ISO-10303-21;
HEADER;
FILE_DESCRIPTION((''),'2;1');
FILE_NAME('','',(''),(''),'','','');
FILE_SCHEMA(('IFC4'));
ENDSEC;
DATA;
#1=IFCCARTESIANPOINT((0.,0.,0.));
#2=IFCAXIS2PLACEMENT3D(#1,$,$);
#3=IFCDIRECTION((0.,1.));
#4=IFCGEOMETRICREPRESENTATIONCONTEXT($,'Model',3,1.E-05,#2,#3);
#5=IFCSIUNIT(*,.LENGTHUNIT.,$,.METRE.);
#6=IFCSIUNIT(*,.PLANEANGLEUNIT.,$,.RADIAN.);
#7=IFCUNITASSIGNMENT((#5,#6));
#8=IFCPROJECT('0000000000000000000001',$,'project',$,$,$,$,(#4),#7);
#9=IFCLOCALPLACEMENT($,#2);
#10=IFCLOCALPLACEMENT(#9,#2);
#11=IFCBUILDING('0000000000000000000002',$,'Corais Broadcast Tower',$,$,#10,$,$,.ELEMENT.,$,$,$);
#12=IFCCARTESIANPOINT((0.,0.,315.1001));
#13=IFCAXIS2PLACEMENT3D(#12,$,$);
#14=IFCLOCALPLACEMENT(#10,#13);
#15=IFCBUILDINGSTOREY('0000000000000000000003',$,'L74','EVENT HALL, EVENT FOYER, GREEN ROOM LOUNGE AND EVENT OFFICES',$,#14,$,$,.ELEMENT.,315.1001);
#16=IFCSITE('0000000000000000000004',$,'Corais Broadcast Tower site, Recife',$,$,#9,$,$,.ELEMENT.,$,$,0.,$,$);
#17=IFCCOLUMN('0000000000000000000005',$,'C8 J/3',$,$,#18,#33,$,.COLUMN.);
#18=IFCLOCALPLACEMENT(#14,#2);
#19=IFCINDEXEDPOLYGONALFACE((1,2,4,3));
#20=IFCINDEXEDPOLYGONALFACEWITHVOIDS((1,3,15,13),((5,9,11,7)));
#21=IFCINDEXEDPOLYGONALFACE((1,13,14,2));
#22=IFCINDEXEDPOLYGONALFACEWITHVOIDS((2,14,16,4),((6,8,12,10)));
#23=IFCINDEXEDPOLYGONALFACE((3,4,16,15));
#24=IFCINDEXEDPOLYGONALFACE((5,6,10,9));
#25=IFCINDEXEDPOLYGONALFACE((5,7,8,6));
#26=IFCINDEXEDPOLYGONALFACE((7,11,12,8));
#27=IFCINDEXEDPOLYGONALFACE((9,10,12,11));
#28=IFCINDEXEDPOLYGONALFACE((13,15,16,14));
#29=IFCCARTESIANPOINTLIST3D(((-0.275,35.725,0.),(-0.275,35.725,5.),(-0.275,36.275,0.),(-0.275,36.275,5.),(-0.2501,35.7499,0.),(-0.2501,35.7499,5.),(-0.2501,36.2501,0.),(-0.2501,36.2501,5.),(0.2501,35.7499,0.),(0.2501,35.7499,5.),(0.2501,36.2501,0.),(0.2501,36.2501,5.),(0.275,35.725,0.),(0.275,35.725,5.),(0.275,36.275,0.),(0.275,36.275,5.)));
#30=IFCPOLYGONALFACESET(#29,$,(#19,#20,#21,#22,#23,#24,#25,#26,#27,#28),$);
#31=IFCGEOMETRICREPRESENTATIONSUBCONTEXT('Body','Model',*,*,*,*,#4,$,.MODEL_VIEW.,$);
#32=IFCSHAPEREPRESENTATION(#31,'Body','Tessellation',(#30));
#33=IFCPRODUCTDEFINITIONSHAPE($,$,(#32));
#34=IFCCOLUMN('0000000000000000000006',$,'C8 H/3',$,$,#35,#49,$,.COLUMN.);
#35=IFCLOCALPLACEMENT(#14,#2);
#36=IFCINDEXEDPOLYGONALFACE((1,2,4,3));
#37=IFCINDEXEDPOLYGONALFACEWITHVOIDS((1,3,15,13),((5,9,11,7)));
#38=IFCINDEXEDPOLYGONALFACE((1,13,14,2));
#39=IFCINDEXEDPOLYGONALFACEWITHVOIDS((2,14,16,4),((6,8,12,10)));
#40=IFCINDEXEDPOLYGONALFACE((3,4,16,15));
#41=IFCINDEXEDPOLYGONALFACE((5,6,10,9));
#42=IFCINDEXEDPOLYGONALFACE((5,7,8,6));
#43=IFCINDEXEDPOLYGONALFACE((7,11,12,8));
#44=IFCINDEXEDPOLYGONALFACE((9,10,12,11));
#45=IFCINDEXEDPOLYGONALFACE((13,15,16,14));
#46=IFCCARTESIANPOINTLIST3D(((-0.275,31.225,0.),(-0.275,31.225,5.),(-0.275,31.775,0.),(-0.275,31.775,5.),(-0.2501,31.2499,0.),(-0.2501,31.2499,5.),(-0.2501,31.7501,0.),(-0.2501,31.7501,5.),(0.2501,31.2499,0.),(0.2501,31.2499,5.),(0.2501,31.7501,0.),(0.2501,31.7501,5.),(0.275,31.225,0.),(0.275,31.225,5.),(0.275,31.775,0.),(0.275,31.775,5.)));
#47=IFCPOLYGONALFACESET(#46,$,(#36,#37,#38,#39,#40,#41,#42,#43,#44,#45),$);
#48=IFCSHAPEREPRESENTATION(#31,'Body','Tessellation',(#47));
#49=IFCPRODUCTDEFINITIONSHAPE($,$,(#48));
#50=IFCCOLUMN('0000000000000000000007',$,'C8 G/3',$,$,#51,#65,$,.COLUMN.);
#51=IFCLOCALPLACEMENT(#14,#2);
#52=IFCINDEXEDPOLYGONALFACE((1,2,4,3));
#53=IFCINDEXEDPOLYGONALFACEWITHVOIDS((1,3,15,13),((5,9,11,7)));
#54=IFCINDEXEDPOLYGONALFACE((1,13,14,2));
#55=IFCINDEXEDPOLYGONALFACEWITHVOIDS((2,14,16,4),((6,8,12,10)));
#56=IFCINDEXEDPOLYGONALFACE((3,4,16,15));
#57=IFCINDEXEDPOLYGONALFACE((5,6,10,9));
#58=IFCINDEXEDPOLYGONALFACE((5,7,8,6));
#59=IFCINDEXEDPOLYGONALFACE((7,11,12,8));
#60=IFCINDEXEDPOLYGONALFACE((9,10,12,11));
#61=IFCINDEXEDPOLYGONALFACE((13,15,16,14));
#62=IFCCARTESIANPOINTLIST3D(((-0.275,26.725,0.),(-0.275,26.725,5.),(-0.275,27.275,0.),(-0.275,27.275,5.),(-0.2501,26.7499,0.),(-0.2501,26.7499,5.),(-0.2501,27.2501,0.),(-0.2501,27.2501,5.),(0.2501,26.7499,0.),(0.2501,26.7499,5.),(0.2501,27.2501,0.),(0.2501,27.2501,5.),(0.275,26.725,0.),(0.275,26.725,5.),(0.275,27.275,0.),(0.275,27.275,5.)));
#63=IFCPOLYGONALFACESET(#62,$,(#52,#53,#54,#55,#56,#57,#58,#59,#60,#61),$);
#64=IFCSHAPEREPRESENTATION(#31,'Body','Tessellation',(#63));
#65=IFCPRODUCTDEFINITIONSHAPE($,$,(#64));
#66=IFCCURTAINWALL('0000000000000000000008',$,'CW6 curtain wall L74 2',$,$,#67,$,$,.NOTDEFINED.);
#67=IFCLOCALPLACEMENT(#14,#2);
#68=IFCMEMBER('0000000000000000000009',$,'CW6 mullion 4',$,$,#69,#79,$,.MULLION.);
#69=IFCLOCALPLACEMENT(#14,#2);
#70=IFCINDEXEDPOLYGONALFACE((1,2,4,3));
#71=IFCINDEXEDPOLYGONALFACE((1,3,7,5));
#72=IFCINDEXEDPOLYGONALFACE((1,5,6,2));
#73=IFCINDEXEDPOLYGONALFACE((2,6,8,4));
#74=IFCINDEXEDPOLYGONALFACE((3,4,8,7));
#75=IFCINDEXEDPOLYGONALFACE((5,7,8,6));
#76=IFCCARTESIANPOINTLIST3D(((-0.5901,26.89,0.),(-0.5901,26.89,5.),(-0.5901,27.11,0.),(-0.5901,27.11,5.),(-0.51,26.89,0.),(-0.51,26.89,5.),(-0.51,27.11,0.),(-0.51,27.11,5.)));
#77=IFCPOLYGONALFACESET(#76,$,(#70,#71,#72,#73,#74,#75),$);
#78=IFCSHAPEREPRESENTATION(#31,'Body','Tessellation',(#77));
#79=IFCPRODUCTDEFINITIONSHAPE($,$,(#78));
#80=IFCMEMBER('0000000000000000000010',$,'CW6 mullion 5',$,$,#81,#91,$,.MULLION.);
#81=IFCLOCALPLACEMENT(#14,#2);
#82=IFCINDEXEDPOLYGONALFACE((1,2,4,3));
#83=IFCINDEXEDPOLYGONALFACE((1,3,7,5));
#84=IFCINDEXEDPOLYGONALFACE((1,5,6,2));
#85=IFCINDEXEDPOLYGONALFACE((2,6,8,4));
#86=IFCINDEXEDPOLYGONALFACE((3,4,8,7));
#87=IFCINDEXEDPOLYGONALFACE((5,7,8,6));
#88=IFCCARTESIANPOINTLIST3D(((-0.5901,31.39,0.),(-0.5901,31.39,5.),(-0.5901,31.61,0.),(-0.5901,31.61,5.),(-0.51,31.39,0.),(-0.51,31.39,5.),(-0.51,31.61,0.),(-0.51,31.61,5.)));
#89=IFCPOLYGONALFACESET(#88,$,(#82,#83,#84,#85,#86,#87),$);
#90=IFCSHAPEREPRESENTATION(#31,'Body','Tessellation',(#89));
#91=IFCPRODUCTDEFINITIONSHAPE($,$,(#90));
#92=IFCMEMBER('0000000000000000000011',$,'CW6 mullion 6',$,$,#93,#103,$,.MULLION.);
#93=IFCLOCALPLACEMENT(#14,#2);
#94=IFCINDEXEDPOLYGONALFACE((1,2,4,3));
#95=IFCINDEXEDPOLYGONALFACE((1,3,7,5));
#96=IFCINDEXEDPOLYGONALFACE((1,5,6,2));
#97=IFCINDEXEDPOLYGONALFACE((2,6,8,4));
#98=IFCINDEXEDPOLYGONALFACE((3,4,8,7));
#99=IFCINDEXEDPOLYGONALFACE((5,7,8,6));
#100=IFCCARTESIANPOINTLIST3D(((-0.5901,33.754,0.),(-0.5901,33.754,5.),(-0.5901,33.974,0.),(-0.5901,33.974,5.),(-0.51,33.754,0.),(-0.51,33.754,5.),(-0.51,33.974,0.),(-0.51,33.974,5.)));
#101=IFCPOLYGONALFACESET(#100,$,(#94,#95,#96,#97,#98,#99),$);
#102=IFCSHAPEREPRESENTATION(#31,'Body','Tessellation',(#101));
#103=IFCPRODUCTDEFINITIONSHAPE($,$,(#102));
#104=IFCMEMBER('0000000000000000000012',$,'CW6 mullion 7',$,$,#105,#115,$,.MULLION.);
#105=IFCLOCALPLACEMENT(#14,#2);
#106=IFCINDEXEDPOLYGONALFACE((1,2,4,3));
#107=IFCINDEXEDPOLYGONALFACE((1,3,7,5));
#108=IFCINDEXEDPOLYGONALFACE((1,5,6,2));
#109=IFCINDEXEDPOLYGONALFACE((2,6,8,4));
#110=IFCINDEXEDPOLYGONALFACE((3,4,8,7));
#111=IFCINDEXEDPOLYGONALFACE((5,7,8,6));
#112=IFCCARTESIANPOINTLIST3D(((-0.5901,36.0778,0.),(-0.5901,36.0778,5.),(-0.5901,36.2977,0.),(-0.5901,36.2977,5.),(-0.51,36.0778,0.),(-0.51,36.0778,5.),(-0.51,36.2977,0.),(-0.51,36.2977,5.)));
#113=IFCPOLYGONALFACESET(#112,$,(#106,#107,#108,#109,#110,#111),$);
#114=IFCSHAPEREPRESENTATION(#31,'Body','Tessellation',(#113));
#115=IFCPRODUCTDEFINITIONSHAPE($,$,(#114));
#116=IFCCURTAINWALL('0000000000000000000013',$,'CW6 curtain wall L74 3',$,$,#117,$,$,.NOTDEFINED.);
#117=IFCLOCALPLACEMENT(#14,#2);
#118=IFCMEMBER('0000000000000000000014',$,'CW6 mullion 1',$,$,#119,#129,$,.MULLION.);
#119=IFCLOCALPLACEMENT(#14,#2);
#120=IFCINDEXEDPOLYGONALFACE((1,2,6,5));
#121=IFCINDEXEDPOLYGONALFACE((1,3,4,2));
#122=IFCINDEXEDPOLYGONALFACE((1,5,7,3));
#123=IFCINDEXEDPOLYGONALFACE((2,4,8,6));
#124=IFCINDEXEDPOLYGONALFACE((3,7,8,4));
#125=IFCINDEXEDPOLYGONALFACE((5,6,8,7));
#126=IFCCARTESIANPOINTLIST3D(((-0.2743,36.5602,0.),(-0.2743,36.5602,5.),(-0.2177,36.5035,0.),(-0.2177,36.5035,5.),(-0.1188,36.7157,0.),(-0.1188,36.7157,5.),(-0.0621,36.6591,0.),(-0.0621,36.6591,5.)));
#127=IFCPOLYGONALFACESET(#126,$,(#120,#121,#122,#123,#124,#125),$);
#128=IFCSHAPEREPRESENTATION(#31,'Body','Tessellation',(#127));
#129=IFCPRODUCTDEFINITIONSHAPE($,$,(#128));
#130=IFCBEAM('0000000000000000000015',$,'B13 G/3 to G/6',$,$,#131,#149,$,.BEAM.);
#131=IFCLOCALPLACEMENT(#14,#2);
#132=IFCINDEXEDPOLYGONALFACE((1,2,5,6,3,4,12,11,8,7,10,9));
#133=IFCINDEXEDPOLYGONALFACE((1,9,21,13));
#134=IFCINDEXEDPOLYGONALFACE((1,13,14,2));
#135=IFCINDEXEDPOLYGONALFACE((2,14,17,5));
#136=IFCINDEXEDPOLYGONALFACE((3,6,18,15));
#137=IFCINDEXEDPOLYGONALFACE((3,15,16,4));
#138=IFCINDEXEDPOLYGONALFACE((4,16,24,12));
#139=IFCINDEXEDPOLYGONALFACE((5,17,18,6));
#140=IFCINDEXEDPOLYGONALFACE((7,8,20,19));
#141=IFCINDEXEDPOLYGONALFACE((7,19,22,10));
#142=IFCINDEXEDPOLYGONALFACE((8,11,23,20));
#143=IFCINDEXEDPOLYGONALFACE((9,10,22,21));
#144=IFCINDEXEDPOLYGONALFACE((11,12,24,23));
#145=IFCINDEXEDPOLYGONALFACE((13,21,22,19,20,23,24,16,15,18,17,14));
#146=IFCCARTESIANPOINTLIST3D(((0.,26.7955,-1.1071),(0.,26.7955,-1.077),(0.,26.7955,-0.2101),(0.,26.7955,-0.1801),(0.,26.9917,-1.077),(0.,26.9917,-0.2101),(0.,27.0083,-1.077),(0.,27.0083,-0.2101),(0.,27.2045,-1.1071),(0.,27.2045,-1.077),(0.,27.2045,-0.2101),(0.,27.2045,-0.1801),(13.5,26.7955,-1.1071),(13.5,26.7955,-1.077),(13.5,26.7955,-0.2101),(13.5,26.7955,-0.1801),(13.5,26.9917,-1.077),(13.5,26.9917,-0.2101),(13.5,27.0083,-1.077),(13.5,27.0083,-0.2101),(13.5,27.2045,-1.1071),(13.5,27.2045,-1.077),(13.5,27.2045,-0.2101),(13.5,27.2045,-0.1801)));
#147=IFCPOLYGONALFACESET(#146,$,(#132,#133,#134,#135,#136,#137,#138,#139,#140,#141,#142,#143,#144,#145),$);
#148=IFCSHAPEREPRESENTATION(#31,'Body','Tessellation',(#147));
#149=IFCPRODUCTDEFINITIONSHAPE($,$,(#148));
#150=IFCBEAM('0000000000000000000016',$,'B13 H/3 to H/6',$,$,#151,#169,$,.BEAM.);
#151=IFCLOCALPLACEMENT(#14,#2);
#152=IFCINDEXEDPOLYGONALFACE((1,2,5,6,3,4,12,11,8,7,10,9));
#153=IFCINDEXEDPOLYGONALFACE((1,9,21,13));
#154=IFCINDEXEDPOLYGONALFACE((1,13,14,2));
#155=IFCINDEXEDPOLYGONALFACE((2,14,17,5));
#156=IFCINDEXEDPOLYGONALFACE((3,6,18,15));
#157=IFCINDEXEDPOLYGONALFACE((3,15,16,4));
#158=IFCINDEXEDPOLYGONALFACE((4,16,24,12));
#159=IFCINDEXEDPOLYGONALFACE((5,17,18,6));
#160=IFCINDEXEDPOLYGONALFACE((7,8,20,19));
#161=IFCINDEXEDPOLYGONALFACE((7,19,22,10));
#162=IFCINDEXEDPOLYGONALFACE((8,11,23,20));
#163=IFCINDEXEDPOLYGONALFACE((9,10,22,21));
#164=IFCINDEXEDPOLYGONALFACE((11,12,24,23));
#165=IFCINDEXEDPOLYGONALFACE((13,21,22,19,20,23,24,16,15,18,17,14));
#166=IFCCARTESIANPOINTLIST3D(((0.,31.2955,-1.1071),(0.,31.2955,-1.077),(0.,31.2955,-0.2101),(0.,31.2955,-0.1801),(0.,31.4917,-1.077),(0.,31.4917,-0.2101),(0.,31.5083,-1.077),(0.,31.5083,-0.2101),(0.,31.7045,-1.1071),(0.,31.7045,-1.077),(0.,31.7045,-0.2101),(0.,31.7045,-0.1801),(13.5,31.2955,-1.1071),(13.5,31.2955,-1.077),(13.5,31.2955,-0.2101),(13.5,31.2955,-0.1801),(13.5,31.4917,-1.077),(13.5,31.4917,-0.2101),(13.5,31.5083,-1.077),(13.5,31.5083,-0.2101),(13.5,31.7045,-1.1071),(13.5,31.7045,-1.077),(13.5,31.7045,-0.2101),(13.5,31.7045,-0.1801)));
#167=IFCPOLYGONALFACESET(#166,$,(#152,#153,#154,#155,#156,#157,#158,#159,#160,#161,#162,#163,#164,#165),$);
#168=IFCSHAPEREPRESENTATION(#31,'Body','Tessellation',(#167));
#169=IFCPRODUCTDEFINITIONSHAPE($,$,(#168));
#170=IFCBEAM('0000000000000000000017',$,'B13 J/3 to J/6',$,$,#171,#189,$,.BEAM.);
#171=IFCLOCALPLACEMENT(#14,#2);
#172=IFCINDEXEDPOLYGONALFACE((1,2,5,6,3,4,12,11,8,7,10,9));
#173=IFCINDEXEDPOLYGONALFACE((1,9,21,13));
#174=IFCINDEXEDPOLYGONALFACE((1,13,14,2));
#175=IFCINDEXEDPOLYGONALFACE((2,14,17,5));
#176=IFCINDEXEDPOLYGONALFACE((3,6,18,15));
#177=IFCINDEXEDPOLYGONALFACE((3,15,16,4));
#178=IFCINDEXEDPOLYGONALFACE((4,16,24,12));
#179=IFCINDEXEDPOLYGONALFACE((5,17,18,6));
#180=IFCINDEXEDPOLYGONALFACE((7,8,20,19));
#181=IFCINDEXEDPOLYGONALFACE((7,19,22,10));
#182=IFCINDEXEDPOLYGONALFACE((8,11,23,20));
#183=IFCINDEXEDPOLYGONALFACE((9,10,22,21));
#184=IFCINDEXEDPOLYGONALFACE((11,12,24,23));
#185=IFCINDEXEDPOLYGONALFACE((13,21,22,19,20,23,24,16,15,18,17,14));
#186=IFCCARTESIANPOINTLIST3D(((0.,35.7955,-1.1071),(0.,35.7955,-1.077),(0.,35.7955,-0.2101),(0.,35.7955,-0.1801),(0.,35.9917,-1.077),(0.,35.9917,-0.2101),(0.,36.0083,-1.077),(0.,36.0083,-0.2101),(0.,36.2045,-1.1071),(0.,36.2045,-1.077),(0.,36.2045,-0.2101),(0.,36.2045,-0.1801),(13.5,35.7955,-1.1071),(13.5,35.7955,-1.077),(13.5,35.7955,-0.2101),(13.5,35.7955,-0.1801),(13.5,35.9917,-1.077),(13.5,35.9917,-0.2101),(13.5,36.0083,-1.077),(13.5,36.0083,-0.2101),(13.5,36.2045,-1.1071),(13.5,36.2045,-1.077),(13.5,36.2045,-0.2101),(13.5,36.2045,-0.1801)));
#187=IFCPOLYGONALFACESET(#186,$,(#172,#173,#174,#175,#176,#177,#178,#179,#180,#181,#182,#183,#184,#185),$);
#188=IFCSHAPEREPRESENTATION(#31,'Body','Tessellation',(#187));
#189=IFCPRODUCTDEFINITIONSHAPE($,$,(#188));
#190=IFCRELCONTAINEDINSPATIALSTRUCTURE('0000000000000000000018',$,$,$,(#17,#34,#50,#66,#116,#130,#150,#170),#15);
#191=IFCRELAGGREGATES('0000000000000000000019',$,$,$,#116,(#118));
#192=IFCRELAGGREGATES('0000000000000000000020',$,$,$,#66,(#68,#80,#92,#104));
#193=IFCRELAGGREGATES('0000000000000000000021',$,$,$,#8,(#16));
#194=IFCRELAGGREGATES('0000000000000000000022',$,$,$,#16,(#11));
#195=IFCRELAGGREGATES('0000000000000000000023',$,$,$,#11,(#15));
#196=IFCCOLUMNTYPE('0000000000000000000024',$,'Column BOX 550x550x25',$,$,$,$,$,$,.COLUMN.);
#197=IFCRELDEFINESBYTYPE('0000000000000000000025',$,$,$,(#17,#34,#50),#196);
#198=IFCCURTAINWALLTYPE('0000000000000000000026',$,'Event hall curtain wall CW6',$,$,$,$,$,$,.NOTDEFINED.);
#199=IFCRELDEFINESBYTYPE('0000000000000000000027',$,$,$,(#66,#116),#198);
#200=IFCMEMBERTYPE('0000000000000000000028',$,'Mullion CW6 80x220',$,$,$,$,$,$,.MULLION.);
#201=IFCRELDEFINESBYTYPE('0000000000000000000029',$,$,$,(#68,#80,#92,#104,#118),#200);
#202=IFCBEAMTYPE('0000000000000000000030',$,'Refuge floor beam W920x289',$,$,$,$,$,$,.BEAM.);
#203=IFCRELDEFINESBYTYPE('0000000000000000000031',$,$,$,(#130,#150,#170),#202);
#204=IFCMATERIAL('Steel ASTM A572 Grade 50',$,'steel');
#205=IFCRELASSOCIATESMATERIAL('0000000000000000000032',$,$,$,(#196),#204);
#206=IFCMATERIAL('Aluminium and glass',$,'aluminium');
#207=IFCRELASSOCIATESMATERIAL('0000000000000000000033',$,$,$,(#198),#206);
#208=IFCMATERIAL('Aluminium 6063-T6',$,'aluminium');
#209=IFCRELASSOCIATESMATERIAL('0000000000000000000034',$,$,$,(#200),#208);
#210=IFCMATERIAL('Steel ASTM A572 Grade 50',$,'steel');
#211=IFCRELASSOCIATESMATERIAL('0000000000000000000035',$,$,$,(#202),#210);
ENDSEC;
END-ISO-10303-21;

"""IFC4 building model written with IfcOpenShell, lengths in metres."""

from ifc_helpers import new_model, si_unit, direction, frame, origin, origin_2d, place, context, subcontext, project, spatial, rectangle, hollow_rectangle, i_section, extrude, material, material_profile, profile_set, type_object, element, aggregate, save


model = new_model("IFC4")

# Units and contexts
model_context = context("Model", 3, precision=1e-05, world=origin(), true_north=direction((0.0, 1.0)))
body_context = subcontext(model_context, "Body", "Model", "MODEL_VIEW")
ifc_project = project(units=[si_unit("LENGTHUNIT", "METRE"), si_unit("PLANEANGLEUNIT", "RADIAN")], contexts=[model_context])

# Site, building, storey
site_placement = place(None, origin())
site = spatial("IfcSite", under=ifc_project, at=site_placement, Name="Corais Broadcast Tower site, Recife", CompositionType="ELEMENT", RefElevation=0.0)
building_placement = place(site_placement, origin())
building = spatial("IfcBuilding", under=site, at=building_placement, Name="Corais Broadcast Tower", CompositionType="ELEMENT")
storey_placement = place(building_placement, frame((0.0, 0.0, 315.1001)))
storey = spatial("IfcBuildingStorey", under=building, at=storey_placement, Name="L74", Description="EVENT HALL, EVENT FOYER, GREEN ROOM LOUNGE AND EVENT OFFICES", CompositionType="ELEMENT", Elevation=315.1001)

# Columns
ifc_material_1 = material(Name="Steel ASTM A572 Grade 50", Category="steel")
ifc_material_profile_1 = material_profile(ifc_material_1, hollow_rectangle(XDim=0.55, YDim=0.55, WallThickness=0.0249, at=origin_2d()), Name="BOX 550x550x25")
ifc_profile_set_1 = profile_set([ifc_material_profile_1], Name="Steel ASTM A572 Grade 50")
column_type = type_object("IfcColumnType", Name="Column BOX 550x550x25", PredefinedType="COLUMN", material=ifc_profile_set_1)
for number, where, z_axis, x_axis, name in (
    (1, (0.0, 36.0, 0.0), (0.0, 0.0, 1.0), (1.0, 0.0, 0.0), "C8 J/3"),
    (2, (0.0, 31.5, 0.0), (0.0, 0.0, 1.0), (1.0, 0.0, 0.0), "C8 H/3"),
    (3, (0.0, 27.0, 0.0), (0.0, 0.0, 1.0), (1.0, 0.0, 0.0), "C8 G/3"),
):
    element("IfcColumn", number, at=place(storey_placement, frame(where, z_axis=z_axis, x_axis=x_axis)), inside=storey, type_object=column_type, Name=name, PredefinedType="COLUMN", context=body_context, shape_type="SweptSolid", body=[
        extrude(hollow_rectangle(XDim=0.55, YDim=0.55, WallThickness=0.0249, at=origin_2d()), origin(), (0.0, 0.0, 1.0), 5.0),
    ])

# Curtain wall, members
ifc_material_2 = material(Name="Aluminium and glass", Category="aluminium")
curtain_wall_type = type_object("IfcCurtainWallType", Name="Event hall curtain wall CW6", PredefinedType="NOTDEFINED", material=ifc_material_2)
curtain_wall_1_placement = place(storey_placement, origin())
curtain_wall_1 = element("IfcCurtainWall", 4, at=curtain_wall_1_placement, inside=storey, type_object=curtain_wall_type, Name="CW6 curtain wall L74 2", PredefinedType="NOTDEFINED")
ifc_material_3 = material(Name="Aluminium 6063-T6", Category="aluminium")
ifc_material_profile_2 = material_profile(ifc_material_3, rectangle(XDim=0.0801, YDim=0.22, at=origin_2d()), Name="Mullion CW6 80x220")
ifc_profile_set_2 = profile_set([ifc_material_profile_2], Name="Aluminium 6063-T6")
member_type_1 = type_object("IfcMemberType", Name="Mullion CW6 80x220", PredefinedType="MULLION", material=ifc_profile_set_2)
member_1_placement = place(storey_placement, frame((-0.55, 27.0, 0.0), z_axis=(0.0, 0.0, 1.0), x_axis=(-1.0, 0.0, 0.0)))
member_1 = element("IfcMember", 5, at=member_1_placement, type_object=member_type_1, Name="CW6 mullion 4", PredefinedType="MULLION", context=body_context, shape_type="SweptSolid", body=[
    extrude(rectangle(XDim=0.0801, YDim=0.22, at=origin_2d()), origin(), (0.0, 0.0, 1.0), 5.0),
])
member_2_placement = place(storey_placement, frame((-0.55, 31.5, 0.0), z_axis=(0.0, 0.0, 1.0), x_axis=(-1.0, 0.0, 0.0)))
member_2 = element("IfcMember", 6, at=member_2_placement, type_object=member_type_1, Name="CW6 mullion 5", PredefinedType="MULLION", context=body_context, shape_type="SweptSolid", body=[
    extrude(rectangle(XDim=0.0801, YDim=0.22, at=origin_2d()), origin(), (0.0, 0.0, 1.0), 5.0),
])
member_3_placement = place(storey_placement, frame((-0.55, 33.864, 0.0), z_axis=(0.0, 0.0, 1.0), x_axis=(-1.0, 0.0, 0.0)))
member_3 = element("IfcMember", 7, at=member_3_placement, type_object=member_type_1, Name="CW6 mullion 6", PredefinedType="MULLION", context=body_context, shape_type="SweptSolid", body=[
    extrude(rectangle(XDim=0.0801, YDim=0.22, at=origin_2d()), origin(), (0.0, 0.0, 1.0), 5.0),
])
member_4_placement = place(storey_placement, frame((-0.55, 36.1877, 0.0), z_axis=(0.0, 0.0, 1.0), x_axis=(-1.0, 0.0, 0.0)))
member_4 = element("IfcMember", 8, at=member_4_placement, type_object=member_type_1, Name="CW6 mullion 7", PredefinedType="MULLION", context=body_context, shape_type="SweptSolid", body=[
    extrude(rectangle(XDim=0.0801, YDim=0.22, at=origin_2d()), origin(), (0.0, 0.0, 1.0), 5.0),
])

# Curtain wall, member
curtain_wall_2_placement = place(storey_placement, origin())
curtain_wall_2 = element("IfcCurtainWall", 9, at=curtain_wall_2_placement, inside=storey, type_object=curtain_wall_type, Name="CW6 curtain wall L74 3", PredefinedType="NOTDEFINED")
member_5_placement = place(storey_placement, frame((-0.1682, 36.6096, 0.0), z_axis=(0.0, 0.0, 1.0), x_axis=(-0.707107, 0.707107, 0.0)))
member_5 = element("IfcMember", 10, at=member_5_placement, type_object=member_type_1, Name="CW6 mullion 1", PredefinedType="MULLION", context=body_context, shape_type="SweptSolid", body=[
    extrude(rectangle(XDim=0.0801, YDim=0.22, at=origin_2d()), origin(), (0.0, 0.0, 1.0), 5.0),
])

# Beams
ifc_material_4 = material(Name="Steel ASTM A572 Grade 50", Category="steel")
ifc_material_profile_3 = material_profile(ifc_material_4, i_section(OverallWidth=0.4089, OverallDepth=0.927, WebThickness=0.0166, FlangeThickness=0.03, at=origin_2d()), Name="W920x289")
ifc_profile_set_3 = profile_set([ifc_material_profile_3], Name="Steel ASTM A572 Grade 50")
beam_type_1 = type_object("IfcBeamType", Name="Refuge floor beam W920x289", PredefinedType="BEAM", material=ifc_profile_set_3)
for number, where, z_axis, x_axis, name in (
    (11, (0.0, 27.0, -0.6436), (1.0, 0.0, 0.0), (0.0, 1.0, 0.0), "B13 G/3 to G/6"),
    (12, (0.0, 31.5, -0.6436), (1.0, 0.0, 0.0), (0.0, 1.0, 0.0), "B13 H/3 to H/6"),
    (13, (0.0, 36.0, -0.6436), (1.0, 0.0, 0.0), (0.0, 1.0, 0.0), "B13 J/3 to J/6"),
):
    element("IfcBeam", number, at=place(storey_placement, frame(where, z_axis=z_axis, x_axis=x_axis)), inside=storey, type_object=beam_type_1, Name=name, PredefinedType="BEAM", context=body_context, shape_type="SweptSolid", body=[
        extrude(i_section(OverallWidth=0.4089, OverallDepth=0.927, WebThickness=0.0166, FlangeThickness=0.03, at=origin_2d()), origin(), (0.0, 0.0, 1.0), 13.5),
    ])

aggregate(curtain_wall_2, [member_5])
aggregate(curtain_wall_1, [member_1, member_2, member_3, member_4])

save(model, "model.ifc")
